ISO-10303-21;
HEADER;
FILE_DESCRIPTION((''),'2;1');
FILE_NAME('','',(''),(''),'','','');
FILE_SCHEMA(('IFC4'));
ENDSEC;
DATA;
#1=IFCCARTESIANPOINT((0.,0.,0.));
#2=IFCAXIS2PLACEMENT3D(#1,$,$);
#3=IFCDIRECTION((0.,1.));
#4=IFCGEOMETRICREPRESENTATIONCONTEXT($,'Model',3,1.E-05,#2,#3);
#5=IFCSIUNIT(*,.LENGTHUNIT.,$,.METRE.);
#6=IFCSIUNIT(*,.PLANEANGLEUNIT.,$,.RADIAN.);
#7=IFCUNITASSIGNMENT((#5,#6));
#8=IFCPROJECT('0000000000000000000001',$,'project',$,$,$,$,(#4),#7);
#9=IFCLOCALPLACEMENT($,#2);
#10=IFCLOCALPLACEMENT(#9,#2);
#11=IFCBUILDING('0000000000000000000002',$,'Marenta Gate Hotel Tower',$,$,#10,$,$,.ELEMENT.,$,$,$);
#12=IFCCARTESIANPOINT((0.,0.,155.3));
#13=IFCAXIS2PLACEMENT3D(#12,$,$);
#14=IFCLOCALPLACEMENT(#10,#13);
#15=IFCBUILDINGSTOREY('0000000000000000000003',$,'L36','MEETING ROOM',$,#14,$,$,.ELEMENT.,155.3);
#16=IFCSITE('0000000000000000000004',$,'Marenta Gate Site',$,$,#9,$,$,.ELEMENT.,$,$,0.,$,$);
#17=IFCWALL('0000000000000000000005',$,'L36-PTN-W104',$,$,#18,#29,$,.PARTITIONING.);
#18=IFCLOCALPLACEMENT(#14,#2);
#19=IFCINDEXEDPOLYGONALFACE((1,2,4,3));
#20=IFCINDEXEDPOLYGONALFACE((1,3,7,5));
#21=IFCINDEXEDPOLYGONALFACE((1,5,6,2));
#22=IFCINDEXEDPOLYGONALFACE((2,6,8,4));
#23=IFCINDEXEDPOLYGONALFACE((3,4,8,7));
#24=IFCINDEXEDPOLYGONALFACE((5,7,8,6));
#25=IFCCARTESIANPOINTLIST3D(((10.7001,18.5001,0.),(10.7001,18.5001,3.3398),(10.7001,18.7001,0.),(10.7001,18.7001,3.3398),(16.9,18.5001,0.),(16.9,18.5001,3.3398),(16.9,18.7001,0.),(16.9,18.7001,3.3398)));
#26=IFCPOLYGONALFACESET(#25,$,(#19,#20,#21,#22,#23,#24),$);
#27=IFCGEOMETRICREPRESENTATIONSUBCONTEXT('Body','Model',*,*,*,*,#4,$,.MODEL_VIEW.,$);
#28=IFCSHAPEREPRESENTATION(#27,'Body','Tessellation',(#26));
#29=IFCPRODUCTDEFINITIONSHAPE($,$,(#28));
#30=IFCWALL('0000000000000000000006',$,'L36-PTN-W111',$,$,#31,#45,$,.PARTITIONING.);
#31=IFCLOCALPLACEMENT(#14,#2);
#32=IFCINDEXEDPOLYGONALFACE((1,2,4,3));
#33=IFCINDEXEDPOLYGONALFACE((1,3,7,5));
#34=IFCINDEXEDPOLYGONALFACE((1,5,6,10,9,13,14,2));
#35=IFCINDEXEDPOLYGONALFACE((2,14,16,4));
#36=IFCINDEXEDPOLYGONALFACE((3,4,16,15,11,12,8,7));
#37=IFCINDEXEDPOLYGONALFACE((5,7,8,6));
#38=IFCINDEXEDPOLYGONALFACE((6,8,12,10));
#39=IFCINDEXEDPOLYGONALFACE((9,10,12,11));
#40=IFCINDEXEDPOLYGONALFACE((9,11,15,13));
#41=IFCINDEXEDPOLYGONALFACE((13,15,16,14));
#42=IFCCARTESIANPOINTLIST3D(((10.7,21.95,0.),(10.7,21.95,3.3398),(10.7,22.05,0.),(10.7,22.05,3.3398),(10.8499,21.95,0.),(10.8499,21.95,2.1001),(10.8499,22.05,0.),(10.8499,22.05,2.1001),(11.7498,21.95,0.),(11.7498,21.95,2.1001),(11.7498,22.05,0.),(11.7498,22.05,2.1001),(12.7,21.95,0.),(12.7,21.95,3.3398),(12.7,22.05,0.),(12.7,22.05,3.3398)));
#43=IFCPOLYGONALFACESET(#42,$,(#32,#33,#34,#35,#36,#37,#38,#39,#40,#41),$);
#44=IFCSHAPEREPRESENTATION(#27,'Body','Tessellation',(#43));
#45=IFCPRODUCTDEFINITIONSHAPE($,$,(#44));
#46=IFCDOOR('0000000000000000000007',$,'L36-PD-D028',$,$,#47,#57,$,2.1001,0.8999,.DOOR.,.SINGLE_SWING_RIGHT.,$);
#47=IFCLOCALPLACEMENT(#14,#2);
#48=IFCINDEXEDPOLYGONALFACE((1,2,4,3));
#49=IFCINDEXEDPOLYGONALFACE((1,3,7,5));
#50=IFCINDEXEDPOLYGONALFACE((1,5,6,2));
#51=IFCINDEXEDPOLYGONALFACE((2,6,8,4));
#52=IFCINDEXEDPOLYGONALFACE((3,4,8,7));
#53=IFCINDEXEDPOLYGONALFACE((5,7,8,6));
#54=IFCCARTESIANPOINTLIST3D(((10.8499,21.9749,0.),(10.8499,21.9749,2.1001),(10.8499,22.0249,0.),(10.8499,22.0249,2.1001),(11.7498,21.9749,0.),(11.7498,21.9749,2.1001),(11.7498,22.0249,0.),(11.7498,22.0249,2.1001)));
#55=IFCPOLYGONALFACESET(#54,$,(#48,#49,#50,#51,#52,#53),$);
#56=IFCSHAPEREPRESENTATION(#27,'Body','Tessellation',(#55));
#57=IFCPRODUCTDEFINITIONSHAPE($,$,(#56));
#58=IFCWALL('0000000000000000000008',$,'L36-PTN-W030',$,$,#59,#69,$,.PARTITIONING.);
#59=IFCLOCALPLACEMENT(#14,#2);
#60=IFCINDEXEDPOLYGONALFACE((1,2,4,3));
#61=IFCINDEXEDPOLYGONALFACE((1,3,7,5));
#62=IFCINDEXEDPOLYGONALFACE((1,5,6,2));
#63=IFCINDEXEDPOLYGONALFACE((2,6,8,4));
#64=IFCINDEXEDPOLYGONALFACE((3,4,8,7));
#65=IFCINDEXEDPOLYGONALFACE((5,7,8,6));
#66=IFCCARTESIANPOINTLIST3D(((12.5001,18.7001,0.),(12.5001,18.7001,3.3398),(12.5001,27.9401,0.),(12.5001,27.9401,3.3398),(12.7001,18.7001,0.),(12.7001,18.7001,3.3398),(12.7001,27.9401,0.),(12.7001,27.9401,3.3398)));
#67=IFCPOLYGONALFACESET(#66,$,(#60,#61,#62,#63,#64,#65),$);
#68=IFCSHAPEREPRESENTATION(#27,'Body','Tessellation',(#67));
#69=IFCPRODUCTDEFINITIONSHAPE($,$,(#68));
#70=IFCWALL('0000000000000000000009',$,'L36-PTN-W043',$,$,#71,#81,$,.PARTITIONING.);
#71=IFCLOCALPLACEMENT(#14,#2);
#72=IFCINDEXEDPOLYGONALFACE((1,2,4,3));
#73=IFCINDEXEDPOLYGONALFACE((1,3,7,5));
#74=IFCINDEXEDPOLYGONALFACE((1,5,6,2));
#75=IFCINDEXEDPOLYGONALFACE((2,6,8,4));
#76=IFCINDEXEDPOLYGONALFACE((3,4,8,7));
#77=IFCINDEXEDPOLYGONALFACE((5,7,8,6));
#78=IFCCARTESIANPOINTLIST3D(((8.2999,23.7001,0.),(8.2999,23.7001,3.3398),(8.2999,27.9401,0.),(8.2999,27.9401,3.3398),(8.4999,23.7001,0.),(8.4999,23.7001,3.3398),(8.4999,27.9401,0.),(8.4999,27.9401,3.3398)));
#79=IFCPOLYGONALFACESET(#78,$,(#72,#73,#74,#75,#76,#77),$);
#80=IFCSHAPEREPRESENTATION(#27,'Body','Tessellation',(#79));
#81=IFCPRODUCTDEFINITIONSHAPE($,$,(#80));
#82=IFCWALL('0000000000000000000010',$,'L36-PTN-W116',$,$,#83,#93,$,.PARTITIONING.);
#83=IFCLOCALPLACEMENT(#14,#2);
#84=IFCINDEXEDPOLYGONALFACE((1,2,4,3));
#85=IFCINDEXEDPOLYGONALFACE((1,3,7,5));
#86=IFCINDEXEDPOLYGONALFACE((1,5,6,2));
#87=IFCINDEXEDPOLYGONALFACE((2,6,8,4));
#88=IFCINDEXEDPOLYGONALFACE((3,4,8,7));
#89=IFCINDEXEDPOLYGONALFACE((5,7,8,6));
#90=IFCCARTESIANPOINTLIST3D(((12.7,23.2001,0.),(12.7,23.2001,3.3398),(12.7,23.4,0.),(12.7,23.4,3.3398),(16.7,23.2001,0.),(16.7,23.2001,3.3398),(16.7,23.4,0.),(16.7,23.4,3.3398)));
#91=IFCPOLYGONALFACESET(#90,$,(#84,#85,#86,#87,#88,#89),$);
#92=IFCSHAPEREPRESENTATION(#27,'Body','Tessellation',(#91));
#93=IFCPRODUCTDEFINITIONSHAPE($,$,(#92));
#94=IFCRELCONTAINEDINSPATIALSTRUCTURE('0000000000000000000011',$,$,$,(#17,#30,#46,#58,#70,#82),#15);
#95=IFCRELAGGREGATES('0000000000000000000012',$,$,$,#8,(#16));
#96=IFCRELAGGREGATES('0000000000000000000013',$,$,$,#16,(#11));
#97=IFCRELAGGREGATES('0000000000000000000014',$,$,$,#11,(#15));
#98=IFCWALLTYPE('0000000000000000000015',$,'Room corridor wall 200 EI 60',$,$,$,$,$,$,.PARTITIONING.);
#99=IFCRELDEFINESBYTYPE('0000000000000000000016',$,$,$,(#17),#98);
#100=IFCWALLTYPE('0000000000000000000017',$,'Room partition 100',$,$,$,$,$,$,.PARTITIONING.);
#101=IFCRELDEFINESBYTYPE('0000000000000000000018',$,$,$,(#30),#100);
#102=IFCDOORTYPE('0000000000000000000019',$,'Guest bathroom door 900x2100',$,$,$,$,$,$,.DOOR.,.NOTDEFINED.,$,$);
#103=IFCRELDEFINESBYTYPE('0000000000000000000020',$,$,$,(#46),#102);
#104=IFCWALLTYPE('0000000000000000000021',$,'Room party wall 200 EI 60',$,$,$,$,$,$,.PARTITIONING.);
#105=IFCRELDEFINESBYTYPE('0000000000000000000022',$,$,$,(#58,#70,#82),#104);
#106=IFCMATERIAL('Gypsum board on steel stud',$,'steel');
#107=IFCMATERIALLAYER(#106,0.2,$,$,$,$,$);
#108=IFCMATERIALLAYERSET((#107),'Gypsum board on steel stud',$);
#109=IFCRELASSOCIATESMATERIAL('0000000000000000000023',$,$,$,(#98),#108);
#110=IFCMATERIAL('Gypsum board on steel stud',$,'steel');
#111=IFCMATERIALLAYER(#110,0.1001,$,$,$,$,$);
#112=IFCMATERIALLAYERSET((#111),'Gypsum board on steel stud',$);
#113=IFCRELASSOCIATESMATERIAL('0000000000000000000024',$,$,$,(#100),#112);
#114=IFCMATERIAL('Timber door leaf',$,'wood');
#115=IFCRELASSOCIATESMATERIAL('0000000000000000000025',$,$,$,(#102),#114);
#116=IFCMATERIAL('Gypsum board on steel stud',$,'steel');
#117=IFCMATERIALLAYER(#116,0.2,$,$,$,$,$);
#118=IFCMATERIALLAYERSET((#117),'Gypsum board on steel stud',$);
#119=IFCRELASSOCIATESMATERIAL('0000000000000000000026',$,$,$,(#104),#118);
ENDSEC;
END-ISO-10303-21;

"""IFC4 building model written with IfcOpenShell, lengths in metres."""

from ifc_helpers import new_model, si_unit, direction, frame, frame_2d, origin, place, context, subcontext, project, spatial, rectangle, extrude, material, layer, layer_set, type_object, element, fill, save


model = new_model("IFC4")

# Units and contexts
model_context = context("Model", 3, precision=1e-05, world=origin(), true_north=direction((0.0, 1.0)))
body_context = subcontext(model_context, "Body", "Model", "MODEL_VIEW")
ifc_project = project(units=[si_unit("LENGTHUNIT", "METRE"), si_unit("PLANEANGLEUNIT", "RADIAN")], contexts=[model_context])

# Site, building, storey
site_placement = place(None, origin())
site = spatial("IfcSite", under=ifc_project, at=site_placement, Name="Marenta Gate Site", CompositionType="ELEMENT", RefElevation=0.0)
building_placement = place(site_placement, origin())
building = spatial("IfcBuilding", under=site, at=building_placement, Name="Marenta Gate Hotel Tower", CompositionType="ELEMENT")
storey_placement = place(building_placement, frame((0.0, 0.0, 155.3)))
storey = spatial("IfcBuildingStorey", under=building, at=storey_placement, Name="L36", Description="MEETING ROOM", CompositionType="ELEMENT", Elevation=155.3)

# Shared definitions
ifc_material_1 = material(Name="Gypsum board on steel stud", Category="steel")
ifc_layer_1 = layer(ifc_material_1, 0.2)
ifc_layer_set_1 = layer_set([ifc_layer_1], Name="Gypsum board on steel stud")
wall_type_1 = type_object("IfcWallType", Name="Room corridor wall 200 EI 60", PredefinedType="PARTITIONING", material=ifc_layer_set_1)

# Wall
wall_1_placement = place(storey_placement, frame((10.7, 18.6001, 0.0), z_axis=(0.0, 0.0, 1.0), x_axis=(1.0, 0.0, 0.0)))
element("IfcWall", 1, at=wall_1_placement, inside=storey, type_object=wall_type_1, Name="L36-PTN-W104", PredefinedType="PARTITIONING", context=body_context, shape_type="SweptSolid", body=[
    extrude(rectangle(XDim=6.2, YDim=0.2, at=frame_2d((3.1001, 0.0))), origin(), (0.0, 0.0, 1.0), 3.3398),
])

# Wall, opening, door
ifc_material_2 = material(Name="Gypsum board on steel stud", Category="steel")
ifc_layer_2 = layer(ifc_material_2, 0.1001)
ifc_layer_set_2 = layer_set([ifc_layer_2], Name="Gypsum board on steel stud")
wall_type_2 = type_object("IfcWallType", Name="Room partition 100", PredefinedType="PARTITIONING", material=ifc_layer_set_2)
wall_2_placement = place(storey_placement, frame((10.7, 22.0, 0.0), z_axis=(0.0, 0.0, 1.0), x_axis=(1.0, 0.0, 0.0)))
wall_2 = element("IfcWall", 2, at=wall_2_placement, inside=storey, type_object=wall_type_2, Name="L36-PTN-W111", PredefinedType="PARTITIONING", context=body_context, shape_type="SweptSolid", body=[
    extrude(rectangle(XDim=2.0, YDim=0.1001, at=frame_2d((1.0, 0.0))), origin(), (0.0, 0.0, 1.0), 3.3398),
])
opening_1_placement = place(wall_2_placement, frame((0.1499, 0.0, 0.0)))
opening_1 = element("IfcOpeningElement", 3, at=opening_1_placement, cuts=wall_2, PredefinedType="OPENING", context=body_context, shape_type="SweptSolid", body=[
    extrude(rectangle(XDim=0.8999, YDim=2.1001, at=frame_2d((0.45, 1.05))), frame((0.0, 0.05, 0.0), z_axis=(0.0, -1.0, 0.0), x_axis=(1.0, 0.0, 0.0)), (0.0, 0.0, 1.0), 0.1001),
])
ifc_material_3 = material(Name="Timber door leaf", Category="wood")
door_type_1 = type_object("IfcDoorType", Name="Guest bathroom door 900x2100", OperationType="NOTDEFINED", PredefinedType="DOOR", material=ifc_material_3)
door_1_placement = place(opening_1_placement, origin())
door_1 = element("IfcDoor", 4, at=door_1_placement, inside=storey, type_object=door_type_1, Name="L36-PD-D028", OperationType="SINGLE_SWING_RIGHT", OverallHeight=2.1001, OverallWidth=0.8999, PredefinedType="DOOR", context=body_context, shape_type="SweptSolid", body=[
    extrude(rectangle(XDim=0.8999, YDim=2.1001, at=frame_2d((0.45, 1.05))), frame((0.0, 0.0249, 0.0), z_axis=(0.0, -1.0, 0.0), x_axis=(1.0, 0.0, 0.0)), (0.0, 0.0, 1.0), 0.05),
])
fill(opening_1, door_1)

# Walls
ifc_material_4 = material(Name="Gypsum board on steel stud", Category="steel")
ifc_layer_3 = layer(ifc_material_4, 0.2)
ifc_layer_set_3 = layer_set([ifc_layer_3], Name="Gypsum board on steel stud")
wall_type_3 = type_object("IfcWallType", Name="Room party wall 200 EI 60", PredefinedType="PARTITIONING", material=ifc_layer_set_3)
wall_3_placement = place(storey_placement, frame((12.6001, 18.7, 0.0), z_axis=(0.0, 0.0, 1.0), x_axis=(0.0, 1.0, 0.0)))
element("IfcWall", 5, at=wall_3_placement, inside=storey, type_object=wall_type_3, Name="L36-PTN-W030", PredefinedType="PARTITIONING", context=body_context, shape_type="SweptSolid", body=[
    extrude(rectangle(XDim=9.24, YDim=0.2, at=frame_2d((4.6201, 0.0))), origin(), (0.0, 0.0, 1.0), 3.3398),
])
wall_4_placement = place(storey_placement, frame((8.3999, 23.7, 0.0), z_axis=(0.0, 0.0, 1.0), x_axis=(0.0, 1.0, 0.0)))
element("IfcWall", 6, at=wall_4_placement, inside=storey, type_object=wall_type_3, Name="L36-PTN-W043", PredefinedType="PARTITIONING", context=body_context, shape_type="SweptSolid", body=[
    extrude(rectangle(XDim=4.24, YDim=0.2, at=frame_2d((2.1201, 0.0))), origin(), (0.0, 0.0, 1.0), 3.3398),
])
wall_5_placement = place(storey_placement, frame((12.7, 23.3, 0.0), z_axis=(0.0, 0.0, 1.0), x_axis=(1.0, 0.0, 0.0)))
element("IfcWall", 7, at=wall_5_placement, inside=storey, type_object=wall_type_3, Name="L36-PTN-W116", PredefinedType="PARTITIONING", context=body_context, shape_type="SweptSolid", body=[
    extrude(rectangle(XDim=4.0, YDim=0.2, at=frame_2d((2.0, 0.0))), origin(), (0.0, 0.0, 1.0), 3.3398),
])

save(model, "model.ifc")
